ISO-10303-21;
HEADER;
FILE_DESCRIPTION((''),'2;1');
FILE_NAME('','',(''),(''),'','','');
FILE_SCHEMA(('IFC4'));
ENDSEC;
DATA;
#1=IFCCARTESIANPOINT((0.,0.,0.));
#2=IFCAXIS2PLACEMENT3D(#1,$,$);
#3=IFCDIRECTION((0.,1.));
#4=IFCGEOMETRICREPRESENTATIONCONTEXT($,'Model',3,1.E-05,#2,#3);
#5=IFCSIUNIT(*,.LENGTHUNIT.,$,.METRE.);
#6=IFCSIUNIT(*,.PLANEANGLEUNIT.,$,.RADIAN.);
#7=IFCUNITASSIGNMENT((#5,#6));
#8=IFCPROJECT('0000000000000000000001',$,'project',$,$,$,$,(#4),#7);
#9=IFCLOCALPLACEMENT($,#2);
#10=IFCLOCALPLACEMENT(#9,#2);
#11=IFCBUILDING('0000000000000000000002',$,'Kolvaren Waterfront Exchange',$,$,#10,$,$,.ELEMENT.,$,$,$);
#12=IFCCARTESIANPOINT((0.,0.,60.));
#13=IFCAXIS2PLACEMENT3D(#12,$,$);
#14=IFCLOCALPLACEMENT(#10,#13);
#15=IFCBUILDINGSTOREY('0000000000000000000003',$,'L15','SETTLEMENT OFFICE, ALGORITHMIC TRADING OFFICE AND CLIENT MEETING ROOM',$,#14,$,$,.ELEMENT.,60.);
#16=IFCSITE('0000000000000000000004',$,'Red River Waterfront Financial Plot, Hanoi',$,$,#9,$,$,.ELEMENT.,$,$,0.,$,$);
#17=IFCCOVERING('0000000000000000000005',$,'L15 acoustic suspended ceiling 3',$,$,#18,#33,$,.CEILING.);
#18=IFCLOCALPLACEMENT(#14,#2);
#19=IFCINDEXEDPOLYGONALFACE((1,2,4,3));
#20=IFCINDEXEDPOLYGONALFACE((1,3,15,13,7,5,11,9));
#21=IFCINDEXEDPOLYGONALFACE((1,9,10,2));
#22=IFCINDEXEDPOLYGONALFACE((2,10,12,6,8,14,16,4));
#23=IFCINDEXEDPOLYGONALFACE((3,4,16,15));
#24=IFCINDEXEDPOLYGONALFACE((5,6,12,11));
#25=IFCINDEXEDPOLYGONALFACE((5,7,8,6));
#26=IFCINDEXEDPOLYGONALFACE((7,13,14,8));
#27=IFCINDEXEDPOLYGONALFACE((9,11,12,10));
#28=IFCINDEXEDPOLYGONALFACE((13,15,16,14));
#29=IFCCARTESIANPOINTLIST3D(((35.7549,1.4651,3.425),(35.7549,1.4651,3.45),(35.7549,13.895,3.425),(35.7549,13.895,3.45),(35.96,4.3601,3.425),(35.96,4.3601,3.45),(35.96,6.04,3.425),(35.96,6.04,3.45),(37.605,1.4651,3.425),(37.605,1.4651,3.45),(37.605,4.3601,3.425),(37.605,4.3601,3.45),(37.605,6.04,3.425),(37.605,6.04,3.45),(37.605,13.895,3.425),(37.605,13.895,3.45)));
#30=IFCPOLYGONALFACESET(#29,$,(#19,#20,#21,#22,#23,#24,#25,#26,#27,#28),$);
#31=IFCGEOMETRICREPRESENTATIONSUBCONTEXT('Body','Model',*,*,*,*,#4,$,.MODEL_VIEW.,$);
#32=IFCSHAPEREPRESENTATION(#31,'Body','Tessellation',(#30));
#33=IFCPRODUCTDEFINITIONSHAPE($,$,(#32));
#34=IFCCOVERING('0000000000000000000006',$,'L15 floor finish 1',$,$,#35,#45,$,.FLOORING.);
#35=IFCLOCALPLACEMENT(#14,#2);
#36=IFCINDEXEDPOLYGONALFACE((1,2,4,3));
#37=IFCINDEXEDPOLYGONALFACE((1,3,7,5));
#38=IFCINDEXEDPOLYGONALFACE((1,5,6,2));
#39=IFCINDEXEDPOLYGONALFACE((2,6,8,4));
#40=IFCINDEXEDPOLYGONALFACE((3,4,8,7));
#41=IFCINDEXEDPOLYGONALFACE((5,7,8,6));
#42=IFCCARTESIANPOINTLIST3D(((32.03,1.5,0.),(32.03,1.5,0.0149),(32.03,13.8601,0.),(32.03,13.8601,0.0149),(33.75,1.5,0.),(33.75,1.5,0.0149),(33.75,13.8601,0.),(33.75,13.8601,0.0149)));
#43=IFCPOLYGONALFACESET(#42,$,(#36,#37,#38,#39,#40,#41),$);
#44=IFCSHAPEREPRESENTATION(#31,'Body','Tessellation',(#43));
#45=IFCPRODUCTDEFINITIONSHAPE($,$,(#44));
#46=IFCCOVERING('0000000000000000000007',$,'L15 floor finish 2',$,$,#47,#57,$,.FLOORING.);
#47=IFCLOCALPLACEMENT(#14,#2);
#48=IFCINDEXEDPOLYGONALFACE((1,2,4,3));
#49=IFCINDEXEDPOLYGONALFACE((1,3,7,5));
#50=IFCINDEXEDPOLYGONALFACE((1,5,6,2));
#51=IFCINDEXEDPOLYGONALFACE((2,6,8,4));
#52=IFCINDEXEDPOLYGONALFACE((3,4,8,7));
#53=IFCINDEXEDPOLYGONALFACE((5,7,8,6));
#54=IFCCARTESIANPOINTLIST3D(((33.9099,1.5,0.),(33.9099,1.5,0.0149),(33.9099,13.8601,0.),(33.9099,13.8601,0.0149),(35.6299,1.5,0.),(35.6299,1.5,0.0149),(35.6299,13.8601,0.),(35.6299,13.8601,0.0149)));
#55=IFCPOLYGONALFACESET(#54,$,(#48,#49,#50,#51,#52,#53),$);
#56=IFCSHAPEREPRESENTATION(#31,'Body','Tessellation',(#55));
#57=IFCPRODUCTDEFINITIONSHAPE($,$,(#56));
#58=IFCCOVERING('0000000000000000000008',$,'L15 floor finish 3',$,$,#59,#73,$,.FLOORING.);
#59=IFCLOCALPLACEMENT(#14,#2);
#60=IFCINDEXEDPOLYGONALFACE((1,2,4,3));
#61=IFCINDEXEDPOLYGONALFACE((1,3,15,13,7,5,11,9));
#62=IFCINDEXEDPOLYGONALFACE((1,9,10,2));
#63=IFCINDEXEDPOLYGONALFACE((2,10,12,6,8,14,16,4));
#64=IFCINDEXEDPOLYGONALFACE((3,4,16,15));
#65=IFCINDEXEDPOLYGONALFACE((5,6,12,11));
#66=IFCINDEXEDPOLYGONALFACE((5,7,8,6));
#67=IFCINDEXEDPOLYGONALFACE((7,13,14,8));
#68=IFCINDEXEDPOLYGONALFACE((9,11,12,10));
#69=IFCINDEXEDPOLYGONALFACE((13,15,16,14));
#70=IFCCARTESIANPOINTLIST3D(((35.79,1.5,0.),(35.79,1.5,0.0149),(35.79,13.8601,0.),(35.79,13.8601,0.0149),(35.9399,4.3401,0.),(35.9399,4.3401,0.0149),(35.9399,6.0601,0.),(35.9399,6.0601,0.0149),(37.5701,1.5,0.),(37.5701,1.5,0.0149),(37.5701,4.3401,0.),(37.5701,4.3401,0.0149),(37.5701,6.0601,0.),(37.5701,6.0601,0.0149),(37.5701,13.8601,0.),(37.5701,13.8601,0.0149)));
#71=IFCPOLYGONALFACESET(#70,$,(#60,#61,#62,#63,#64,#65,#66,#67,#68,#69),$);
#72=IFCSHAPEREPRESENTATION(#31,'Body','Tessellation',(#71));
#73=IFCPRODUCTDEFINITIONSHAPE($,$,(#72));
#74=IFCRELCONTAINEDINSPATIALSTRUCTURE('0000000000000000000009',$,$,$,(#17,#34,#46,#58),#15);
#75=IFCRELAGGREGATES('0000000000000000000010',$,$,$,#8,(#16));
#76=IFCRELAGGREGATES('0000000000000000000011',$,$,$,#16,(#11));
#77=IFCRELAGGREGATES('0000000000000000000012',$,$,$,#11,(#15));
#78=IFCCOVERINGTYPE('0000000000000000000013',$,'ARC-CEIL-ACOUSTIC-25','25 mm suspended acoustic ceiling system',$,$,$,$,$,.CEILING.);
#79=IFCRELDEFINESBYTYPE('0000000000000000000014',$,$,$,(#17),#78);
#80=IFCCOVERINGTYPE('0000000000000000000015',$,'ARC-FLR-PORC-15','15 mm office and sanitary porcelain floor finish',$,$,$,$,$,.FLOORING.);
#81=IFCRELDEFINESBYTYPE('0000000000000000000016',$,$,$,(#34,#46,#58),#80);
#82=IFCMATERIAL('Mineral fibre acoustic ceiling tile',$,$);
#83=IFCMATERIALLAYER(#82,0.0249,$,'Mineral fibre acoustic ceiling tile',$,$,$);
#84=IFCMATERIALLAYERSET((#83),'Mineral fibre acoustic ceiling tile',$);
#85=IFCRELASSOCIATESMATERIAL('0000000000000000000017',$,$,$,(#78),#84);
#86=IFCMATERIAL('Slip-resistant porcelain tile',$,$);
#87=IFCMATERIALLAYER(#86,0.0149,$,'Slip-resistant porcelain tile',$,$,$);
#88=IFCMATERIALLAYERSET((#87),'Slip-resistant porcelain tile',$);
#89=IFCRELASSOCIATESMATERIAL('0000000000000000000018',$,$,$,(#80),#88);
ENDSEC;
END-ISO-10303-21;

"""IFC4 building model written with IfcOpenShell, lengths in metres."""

from ifc_helpers import new_model, si_unit, direction, frame, origin, place, context, subcontext, project, spatial, polyline, outline, extrude, material, layer, layer_set, type_object, element, save


model = new_model("IFC4")

# Units and contexts
model_context = context("Model", 3, precision=1e-05, world=origin(), true_north=direction((0.0, 1.0)))
body_context = subcontext(model_context, "Body", "Model", "MODEL_VIEW")
ifc_project = project(units=[si_unit("LENGTHUNIT", "METRE"), si_unit("PLANEANGLEUNIT", "RADIAN")], contexts=[model_context])

# Site, building, storey
site_placement = place(None, origin())
site = spatial("IfcSite", under=ifc_project, at=site_placement, Name="Red River Waterfront Financial Plot, Hanoi", CompositionType="ELEMENT", RefElevation=0.0)
building_placement = place(site_placement, origin())
building = spatial("IfcBuilding", under=site, at=building_placement, Name="Kolvaren Waterfront Exchange", CompositionType="ELEMENT")
storey_placement = place(building_placement, frame((0.0, 0.0, 60.0)))
storey = spatial("IfcBuildingStorey", under=building, at=storey_placement, Name="L15", Description="SETTLEMENT OFFICE, ALGORITHMIC TRADING OFFICE AND CLIENT MEETING ROOM", CompositionType="ELEMENT", Elevation=60.0)

# Coverings
ifc_material_1 = material(Name="Mineral fibre acoustic ceiling tile")
ifc_layer_1 = layer(ifc_material_1, 0.0249, Name="Mineral fibre acoustic ceiling tile")
ifc_layer_set_1 = layer_set([ifc_layer_1], Name="Mineral fibre acoustic ceiling tile")
covering_type_1 = type_object("IfcCoveringType", Name="ARC-CEIL-ACOUSTIC-25", Description="25 mm suspended acoustic ceiling system", PredefinedType="CEILING", material=ifc_layer_set_1)
covering_1_placement = place(storey_placement, frame((0.0, 0.0, 3.425)))
element("IfcCovering", 1, at=covering_1_placement, inside=storey, type_object=covering_type_1, Name="L15 acoustic suspended ceiling 3", PredefinedType="CEILING", context=body_context, shape_type="SweptSolid", body=[
    extrude(outline(polyline([(37.605, 4.3601), (35.96, 4.3601), (35.96, 6.04), (37.605, 6.04), (37.605, 13.895), (35.7549, 13.895), (35.7549, 1.4651), (37.605, 1.4651), (37.605, 4.3601)])), origin(), (0.0, 0.0, 1.0), 0.0249),
])
ifc_material_2 = material(Name="Slip-resistant porcelain tile")
ifc_layer_2 = layer(ifc_material_2, 0.0149, Name="Slip-resistant porcelain tile")
ifc_layer_set_2 = layer_set([ifc_layer_2], Name="Slip-resistant porcelain tile")
covering_type_2 = type_object("IfcCoveringType", Name="ARC-FLR-PORC-15", Description="15 mm office and sanitary porcelain floor finish", PredefinedType="FLOORING", material=ifc_layer_set_2)
covering_2_placement = place(storey_placement, origin())
element("IfcCovering", 2, at=covering_2_placement, inside=storey, type_object=covering_type_2, Name="L15 floor finish 1", PredefinedType="FLOORING", context=body_context, shape_type="SweptSolid", body=[
    extrude(outline(polyline([(32.03, 13.8601), (32.03, 1.5), (33.75, 1.5), (33.75, 13.8601), (32.03, 13.8601)])), origin(), (0.0, 0.0, 1.0), 0.0149),
])
covering_3_placement = place(storey_placement, origin())
element("IfcCovering", 3, at=covering_3_placement, inside=storey, type_object=covering_type_2, Name="L15 floor finish 2", PredefinedType="FLOORING", context=body_context, shape_type="SweptSolid", body=[
    extrude(outline(polyline([(33.9099, 13.8601), (33.9099, 1.5), (35.6299, 1.5), (35.6299, 13.8601), (33.9099, 13.8601)])), origin(), (0.0, 0.0, 1.0), 0.0149),
])
covering_4_placement = place(storey_placement, origin())
element("IfcCovering", 4, at=covering_4_placement, inside=storey, type_object=covering_type_2, Name="L15 floor finish 3", PredefinedType="FLOORING", context=body_context, shape_type="SweptSolid", body=[
    extrude(outline(polyline([(35.79, 13.8601), (35.79, 1.5), (37.5701, 1.5), (37.5701, 4.3401), (35.9399, 4.3401), (35.9399, 6.0601), (37.5701, 6.0601), (37.5701, 13.8601), (35.79, 13.8601)])), origin(), (0.0, 0.0, 1.0), 0.0149),
])

save(model, "model.ifc")
